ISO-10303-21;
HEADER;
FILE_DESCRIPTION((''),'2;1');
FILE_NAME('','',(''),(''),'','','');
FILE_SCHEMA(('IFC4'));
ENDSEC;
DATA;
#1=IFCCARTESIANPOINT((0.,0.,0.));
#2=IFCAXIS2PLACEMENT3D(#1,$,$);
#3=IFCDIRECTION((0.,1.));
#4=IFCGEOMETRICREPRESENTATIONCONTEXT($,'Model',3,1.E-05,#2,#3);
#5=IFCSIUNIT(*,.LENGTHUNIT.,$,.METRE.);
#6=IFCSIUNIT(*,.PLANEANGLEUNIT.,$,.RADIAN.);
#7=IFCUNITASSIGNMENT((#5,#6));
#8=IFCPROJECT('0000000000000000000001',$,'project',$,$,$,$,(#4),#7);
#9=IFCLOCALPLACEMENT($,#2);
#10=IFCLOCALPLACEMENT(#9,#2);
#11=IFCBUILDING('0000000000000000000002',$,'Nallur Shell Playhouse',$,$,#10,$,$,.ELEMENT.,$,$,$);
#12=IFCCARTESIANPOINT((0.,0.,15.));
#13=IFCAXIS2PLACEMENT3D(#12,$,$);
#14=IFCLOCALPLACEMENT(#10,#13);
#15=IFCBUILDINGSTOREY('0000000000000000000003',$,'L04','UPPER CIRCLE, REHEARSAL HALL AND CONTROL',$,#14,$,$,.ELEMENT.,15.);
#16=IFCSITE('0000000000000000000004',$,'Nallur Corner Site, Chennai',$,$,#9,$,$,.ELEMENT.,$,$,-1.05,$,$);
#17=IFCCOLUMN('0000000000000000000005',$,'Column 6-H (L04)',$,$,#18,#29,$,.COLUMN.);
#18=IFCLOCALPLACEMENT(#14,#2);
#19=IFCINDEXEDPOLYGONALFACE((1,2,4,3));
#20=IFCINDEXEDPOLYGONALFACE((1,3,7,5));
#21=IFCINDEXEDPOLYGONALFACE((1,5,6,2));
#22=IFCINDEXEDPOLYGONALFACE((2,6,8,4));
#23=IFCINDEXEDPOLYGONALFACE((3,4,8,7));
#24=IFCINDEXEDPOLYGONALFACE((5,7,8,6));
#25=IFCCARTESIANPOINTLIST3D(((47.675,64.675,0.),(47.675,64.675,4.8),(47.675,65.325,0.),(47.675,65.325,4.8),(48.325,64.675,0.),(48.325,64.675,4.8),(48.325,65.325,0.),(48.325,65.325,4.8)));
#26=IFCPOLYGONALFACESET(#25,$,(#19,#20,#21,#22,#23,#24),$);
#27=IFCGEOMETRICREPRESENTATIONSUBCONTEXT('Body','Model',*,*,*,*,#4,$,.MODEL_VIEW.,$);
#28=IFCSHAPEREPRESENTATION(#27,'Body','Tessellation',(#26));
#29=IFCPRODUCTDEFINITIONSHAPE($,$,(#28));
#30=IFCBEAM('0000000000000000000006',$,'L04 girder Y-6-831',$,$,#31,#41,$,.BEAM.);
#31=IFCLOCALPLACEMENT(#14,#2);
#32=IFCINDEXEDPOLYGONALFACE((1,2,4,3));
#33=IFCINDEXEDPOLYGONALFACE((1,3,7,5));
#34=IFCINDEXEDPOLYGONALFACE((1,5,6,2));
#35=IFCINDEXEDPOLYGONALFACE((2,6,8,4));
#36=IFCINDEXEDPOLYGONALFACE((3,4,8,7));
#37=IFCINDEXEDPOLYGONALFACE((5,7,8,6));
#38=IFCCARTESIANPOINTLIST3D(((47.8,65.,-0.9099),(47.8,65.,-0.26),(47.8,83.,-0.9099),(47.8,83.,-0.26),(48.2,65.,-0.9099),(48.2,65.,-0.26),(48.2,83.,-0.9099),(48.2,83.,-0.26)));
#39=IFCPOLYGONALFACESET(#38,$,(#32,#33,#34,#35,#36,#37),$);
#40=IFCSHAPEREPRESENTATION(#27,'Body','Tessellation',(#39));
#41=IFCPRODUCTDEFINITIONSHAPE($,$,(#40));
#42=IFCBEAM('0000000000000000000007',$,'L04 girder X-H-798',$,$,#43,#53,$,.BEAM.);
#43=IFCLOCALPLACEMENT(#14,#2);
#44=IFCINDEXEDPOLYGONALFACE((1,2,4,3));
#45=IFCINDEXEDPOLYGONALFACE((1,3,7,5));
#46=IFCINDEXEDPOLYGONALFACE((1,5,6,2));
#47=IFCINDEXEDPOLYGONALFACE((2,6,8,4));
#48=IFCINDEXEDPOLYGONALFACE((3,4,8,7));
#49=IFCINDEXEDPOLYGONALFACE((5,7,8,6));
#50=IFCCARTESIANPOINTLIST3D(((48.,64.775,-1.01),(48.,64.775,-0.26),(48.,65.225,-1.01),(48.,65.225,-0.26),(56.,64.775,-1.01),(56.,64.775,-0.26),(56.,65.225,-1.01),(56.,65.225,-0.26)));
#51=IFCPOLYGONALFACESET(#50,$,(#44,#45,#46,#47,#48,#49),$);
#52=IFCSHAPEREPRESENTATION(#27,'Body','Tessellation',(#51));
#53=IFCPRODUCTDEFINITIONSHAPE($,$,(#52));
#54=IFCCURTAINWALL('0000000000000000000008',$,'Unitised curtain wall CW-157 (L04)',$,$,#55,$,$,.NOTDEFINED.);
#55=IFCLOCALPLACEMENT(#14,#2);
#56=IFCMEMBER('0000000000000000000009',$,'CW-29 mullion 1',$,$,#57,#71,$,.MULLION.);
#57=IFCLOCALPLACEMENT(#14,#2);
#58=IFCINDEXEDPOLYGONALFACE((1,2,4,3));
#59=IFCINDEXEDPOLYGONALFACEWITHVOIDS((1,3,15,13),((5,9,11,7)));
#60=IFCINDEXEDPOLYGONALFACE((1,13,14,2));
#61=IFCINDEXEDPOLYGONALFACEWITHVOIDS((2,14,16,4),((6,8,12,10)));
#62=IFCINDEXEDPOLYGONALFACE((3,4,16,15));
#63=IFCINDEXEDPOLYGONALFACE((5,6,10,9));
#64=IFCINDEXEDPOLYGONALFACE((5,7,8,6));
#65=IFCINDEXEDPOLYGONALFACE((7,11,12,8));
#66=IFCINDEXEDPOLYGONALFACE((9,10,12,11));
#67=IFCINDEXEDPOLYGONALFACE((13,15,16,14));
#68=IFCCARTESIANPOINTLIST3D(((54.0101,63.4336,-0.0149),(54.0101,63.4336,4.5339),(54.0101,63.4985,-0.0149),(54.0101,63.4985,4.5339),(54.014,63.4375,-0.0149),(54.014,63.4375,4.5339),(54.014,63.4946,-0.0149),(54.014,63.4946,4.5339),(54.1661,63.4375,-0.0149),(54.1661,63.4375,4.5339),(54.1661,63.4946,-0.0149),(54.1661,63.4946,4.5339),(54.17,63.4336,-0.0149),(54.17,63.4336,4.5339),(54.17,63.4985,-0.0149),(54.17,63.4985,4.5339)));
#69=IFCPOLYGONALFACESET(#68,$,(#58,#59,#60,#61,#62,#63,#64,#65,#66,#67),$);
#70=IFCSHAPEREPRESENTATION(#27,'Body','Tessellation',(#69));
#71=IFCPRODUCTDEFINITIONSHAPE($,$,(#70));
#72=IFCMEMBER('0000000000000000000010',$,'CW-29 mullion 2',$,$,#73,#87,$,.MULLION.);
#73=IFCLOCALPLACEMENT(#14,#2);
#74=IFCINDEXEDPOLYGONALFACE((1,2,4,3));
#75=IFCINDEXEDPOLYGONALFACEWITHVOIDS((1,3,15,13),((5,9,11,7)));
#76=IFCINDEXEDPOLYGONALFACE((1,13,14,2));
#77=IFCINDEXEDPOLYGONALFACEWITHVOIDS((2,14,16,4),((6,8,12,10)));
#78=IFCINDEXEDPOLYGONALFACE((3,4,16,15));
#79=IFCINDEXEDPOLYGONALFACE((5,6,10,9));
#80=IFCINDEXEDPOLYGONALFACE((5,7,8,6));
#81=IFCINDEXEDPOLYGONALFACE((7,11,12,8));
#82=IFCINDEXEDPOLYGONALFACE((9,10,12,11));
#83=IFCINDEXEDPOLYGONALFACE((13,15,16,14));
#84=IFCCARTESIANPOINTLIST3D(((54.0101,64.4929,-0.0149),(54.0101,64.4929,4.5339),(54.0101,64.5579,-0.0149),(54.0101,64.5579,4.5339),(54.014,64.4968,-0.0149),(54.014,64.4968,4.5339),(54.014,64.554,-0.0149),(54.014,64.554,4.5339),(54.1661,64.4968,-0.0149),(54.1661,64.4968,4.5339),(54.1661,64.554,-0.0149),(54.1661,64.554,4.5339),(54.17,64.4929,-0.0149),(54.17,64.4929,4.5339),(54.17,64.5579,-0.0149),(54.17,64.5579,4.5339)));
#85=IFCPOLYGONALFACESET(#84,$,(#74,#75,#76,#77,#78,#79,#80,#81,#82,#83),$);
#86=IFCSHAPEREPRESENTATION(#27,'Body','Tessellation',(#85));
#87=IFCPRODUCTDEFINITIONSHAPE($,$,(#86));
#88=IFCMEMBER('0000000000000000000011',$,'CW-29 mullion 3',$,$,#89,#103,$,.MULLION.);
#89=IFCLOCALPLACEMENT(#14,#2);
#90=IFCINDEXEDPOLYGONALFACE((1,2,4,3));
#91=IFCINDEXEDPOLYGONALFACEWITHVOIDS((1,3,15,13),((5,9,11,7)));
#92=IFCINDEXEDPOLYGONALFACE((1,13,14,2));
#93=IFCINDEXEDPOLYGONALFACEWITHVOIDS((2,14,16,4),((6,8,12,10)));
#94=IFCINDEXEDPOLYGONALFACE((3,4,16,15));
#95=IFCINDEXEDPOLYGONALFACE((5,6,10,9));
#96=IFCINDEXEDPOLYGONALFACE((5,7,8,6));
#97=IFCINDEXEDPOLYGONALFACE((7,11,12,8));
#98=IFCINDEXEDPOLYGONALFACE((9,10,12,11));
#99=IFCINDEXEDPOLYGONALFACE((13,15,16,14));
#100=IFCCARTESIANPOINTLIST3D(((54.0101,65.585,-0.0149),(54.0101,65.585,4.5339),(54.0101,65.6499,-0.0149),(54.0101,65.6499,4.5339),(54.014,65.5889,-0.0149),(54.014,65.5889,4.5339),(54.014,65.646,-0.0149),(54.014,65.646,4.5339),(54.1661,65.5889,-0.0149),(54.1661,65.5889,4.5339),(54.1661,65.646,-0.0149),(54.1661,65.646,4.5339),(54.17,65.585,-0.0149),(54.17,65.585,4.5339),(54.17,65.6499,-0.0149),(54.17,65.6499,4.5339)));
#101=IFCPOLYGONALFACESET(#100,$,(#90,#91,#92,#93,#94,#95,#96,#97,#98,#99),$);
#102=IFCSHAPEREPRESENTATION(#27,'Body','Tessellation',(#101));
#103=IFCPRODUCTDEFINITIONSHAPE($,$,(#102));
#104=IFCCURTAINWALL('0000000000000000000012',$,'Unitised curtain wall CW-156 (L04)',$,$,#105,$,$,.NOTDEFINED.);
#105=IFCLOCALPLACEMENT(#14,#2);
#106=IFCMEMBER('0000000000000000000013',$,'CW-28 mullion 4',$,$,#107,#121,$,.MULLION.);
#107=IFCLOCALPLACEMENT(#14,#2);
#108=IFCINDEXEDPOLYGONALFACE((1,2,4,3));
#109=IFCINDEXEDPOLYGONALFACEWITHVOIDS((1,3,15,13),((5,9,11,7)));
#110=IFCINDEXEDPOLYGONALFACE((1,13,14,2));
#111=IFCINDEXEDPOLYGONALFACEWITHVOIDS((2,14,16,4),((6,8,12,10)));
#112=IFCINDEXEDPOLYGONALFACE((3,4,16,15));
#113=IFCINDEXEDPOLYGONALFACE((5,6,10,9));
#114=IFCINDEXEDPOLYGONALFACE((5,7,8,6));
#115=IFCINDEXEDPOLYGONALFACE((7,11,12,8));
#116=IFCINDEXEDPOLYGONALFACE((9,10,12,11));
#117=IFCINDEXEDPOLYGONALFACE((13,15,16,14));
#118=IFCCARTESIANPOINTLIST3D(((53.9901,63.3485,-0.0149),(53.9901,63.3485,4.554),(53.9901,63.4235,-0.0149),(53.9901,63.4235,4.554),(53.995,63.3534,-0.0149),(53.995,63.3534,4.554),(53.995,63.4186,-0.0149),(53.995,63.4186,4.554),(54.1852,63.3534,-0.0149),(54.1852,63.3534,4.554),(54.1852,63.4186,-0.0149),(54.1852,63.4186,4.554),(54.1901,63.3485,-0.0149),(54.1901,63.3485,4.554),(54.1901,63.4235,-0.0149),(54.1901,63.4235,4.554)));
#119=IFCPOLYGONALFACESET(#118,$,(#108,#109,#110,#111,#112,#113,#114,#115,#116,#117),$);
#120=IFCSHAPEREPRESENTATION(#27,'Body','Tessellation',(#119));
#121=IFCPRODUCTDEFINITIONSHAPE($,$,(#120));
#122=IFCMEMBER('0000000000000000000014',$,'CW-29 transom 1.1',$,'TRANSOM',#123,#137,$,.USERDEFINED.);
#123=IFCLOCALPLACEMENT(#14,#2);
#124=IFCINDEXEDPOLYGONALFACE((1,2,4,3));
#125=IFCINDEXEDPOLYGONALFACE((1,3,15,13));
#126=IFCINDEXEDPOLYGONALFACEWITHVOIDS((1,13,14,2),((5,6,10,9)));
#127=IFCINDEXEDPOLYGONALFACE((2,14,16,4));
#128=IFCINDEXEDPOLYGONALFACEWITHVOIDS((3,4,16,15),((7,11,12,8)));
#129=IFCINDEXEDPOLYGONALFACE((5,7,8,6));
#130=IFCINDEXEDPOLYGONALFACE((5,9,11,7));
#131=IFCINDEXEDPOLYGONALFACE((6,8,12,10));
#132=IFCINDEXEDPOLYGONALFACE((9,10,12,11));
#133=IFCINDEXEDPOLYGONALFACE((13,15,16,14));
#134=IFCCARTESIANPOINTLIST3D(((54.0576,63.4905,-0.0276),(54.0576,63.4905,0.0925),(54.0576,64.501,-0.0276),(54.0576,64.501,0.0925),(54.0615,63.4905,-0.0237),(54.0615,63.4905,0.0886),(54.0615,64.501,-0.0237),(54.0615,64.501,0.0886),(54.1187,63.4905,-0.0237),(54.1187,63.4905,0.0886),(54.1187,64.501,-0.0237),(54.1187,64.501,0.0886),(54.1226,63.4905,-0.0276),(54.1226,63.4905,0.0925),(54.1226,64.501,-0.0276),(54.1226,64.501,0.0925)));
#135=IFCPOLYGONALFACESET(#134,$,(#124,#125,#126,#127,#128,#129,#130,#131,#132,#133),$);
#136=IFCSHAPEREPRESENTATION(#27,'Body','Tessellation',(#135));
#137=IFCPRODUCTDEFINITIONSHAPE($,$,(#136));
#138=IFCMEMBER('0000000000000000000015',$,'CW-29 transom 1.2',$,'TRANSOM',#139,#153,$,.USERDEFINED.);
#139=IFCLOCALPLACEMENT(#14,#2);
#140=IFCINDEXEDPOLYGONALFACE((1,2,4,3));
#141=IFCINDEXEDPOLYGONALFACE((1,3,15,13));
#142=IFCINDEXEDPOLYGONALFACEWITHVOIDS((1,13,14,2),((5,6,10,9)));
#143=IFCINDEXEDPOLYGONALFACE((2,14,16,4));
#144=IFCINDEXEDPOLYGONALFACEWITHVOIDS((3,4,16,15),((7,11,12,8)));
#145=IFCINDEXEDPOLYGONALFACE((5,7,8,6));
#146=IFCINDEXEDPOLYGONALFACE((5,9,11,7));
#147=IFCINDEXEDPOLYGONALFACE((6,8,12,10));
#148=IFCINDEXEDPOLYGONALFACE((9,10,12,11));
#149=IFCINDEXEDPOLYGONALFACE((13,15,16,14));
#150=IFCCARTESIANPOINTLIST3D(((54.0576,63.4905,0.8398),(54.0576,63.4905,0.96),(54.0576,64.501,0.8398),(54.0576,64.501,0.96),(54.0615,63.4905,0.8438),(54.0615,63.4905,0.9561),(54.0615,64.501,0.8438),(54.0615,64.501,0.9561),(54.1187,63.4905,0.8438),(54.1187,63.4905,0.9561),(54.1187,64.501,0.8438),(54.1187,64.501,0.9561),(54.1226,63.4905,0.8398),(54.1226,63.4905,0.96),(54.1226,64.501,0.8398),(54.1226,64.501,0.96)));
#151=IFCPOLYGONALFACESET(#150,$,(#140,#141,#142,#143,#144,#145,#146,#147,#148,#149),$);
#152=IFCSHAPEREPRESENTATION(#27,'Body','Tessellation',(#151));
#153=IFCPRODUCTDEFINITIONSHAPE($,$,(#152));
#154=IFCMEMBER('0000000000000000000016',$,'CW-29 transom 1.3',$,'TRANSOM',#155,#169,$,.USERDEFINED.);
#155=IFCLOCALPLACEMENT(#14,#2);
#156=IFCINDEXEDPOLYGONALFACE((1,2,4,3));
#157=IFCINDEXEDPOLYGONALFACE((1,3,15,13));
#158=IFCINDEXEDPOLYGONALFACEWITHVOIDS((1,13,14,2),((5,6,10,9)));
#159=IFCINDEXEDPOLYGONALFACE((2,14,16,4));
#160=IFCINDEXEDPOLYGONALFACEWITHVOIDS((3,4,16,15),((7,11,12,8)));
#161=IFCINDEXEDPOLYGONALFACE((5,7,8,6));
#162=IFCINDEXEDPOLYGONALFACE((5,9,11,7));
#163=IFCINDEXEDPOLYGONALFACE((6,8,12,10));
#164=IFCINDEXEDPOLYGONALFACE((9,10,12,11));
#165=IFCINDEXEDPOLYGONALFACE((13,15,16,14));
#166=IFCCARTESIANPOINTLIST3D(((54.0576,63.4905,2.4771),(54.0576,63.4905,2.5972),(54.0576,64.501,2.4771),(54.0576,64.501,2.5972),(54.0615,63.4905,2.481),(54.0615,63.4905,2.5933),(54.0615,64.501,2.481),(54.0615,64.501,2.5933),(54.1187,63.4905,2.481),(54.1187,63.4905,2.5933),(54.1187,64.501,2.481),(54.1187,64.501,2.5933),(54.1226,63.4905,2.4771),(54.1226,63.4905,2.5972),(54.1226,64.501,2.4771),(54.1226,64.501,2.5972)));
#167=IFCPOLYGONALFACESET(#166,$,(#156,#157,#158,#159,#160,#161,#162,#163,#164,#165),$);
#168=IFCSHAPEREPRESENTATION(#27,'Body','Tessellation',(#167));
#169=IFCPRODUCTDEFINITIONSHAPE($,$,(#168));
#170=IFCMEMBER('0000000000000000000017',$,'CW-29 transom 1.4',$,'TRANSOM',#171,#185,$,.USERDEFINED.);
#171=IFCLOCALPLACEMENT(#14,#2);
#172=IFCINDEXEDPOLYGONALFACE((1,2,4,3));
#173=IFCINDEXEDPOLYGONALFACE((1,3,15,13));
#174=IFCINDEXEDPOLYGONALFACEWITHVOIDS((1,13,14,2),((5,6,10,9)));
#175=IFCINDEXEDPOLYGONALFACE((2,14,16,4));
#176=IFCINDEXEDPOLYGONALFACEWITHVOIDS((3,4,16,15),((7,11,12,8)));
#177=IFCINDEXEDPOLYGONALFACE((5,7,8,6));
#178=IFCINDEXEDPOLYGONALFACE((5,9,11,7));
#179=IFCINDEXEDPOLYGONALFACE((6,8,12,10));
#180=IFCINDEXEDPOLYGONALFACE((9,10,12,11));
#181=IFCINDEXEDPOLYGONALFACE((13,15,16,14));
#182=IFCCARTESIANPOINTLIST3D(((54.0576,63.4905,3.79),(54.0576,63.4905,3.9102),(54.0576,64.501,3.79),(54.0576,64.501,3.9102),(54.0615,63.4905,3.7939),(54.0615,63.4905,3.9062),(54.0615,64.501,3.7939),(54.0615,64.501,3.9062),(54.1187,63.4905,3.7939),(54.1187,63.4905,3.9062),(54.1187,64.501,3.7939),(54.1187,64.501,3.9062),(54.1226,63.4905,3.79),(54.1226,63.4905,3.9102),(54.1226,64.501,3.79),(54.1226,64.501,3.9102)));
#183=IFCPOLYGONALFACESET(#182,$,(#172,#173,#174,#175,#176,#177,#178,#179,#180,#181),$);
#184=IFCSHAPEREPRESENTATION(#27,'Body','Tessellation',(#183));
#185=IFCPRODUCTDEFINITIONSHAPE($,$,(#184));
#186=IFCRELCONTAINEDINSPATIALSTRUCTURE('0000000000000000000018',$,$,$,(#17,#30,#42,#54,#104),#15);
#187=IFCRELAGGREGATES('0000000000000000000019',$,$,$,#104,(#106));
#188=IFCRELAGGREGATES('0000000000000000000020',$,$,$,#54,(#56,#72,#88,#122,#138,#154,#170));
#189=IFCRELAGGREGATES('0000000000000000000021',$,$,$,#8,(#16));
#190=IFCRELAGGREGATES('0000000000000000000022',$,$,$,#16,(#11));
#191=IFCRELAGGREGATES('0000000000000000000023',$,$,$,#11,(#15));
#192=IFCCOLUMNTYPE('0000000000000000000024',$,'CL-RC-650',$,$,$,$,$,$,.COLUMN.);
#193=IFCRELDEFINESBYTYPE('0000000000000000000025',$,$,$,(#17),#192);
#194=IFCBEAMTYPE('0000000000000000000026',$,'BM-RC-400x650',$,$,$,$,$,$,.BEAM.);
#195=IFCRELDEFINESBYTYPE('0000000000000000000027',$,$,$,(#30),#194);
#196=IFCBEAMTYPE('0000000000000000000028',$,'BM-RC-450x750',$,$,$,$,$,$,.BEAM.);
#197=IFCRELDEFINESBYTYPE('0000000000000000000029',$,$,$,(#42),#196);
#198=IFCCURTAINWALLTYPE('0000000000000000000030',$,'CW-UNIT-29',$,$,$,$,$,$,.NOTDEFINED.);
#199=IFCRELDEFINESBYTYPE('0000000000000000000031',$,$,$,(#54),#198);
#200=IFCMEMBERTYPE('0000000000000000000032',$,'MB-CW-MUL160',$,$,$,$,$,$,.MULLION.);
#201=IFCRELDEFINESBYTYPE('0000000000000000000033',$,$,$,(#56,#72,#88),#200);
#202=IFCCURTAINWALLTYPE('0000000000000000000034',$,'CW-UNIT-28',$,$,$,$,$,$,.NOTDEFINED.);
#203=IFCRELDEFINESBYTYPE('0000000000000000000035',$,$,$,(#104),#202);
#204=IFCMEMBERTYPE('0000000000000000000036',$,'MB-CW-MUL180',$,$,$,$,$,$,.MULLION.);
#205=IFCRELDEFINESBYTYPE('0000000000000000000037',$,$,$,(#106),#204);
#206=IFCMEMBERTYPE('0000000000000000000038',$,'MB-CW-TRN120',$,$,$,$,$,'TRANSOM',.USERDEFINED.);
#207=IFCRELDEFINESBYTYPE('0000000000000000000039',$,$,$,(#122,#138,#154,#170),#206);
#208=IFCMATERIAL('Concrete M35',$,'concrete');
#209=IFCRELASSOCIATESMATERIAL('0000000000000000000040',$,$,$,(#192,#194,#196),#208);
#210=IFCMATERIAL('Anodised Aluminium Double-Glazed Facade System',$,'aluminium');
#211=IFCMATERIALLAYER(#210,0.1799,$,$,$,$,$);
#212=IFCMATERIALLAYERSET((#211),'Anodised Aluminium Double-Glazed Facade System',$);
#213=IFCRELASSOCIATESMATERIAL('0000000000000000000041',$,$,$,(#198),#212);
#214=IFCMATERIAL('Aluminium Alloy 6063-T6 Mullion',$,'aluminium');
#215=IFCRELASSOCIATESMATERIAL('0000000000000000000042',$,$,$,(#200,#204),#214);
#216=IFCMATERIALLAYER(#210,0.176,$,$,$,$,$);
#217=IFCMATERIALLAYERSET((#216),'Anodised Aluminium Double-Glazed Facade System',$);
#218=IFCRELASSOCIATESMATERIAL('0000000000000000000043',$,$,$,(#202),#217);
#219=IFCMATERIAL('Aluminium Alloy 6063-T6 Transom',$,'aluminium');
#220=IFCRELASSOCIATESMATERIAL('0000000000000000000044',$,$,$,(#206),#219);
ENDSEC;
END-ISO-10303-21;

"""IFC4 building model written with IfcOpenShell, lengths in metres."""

from ifc_helpers import new_model, si_unit, direction, frame, origin, origin_2d, place, context, subcontext, project, spatial, rectangle, hollow_rectangle, extrude, material, layer, layer_set, material_profile, profile_set, type_object, element, aggregate, save


model = new_model("IFC4")

# Units and contexts
model_context = context("Model", 3, precision=1e-05, world=origin(), true_north=direction((0.0, 1.0)))
body_context = subcontext(model_context, "Body", "Model", "MODEL_VIEW")
ifc_project = project(units=[si_unit("LENGTHUNIT", "METRE"), si_unit("PLANEANGLEUNIT", "RADIAN")], contexts=[model_context])

# Site, building, storey
site_placement = place(None, origin())
site = spatial("IfcSite", under=ifc_project, at=site_placement, Name="Nallur Corner Site, Chennai", CompositionType="ELEMENT", RefElevation=-1.05)
building_placement = place(site_placement, origin())
building = spatial("IfcBuilding", under=site, at=building_placement, Name="Nallur Shell Playhouse", CompositionType="ELEMENT")
storey_placement = place(building_placement, frame((0.0, 0.0, 15.0)))
storey = spatial("IfcBuildingStorey", under=building, at=storey_placement, Name="L04", Description="UPPER CIRCLE, REHEARSAL HALL AND CONTROL", CompositionType="ELEMENT", Elevation=15.0)

# Column
ifc_material_1 = material(Name="Concrete M35", Category="concrete")
ifc_material_profile_1 = material_profile(ifc_material_1, rectangle(XDim=0.6499, YDim=0.6499, at=origin_2d()), Name="RC 650x650")
ifc_profile_set_1 = profile_set([ifc_material_profile_1], Name="Concrete M35")
column_type = type_object("IfcColumnType", Name="CL-RC-650", PredefinedType="COLUMN", material=ifc_profile_set_1)
column_placement = place(storey_placement, frame((48.0, 65.0, 0.0), z_axis=(0.0, 0.0, 1.0), x_axis=(1.0, 0.0, 0.0)))
element("IfcColumn", 1, at=column_placement, inside=storey, type_object=column_type, Name="Column 6-H (L04)", PredefinedType="COLUMN", context=body_context, shape_type="SweptSolid", body=[
    extrude(rectangle(XDim=0.6499, YDim=0.6499, at=origin_2d()), origin(), (0.0, 0.0, 1.0), 4.8),
])

# Beams
ifc_material_profile_2 = material_profile(ifc_material_1, rectangle(XDim=0.3999, YDim=0.6499, at=origin_2d()), Name="RC 400x650")
ifc_profile_set_2 = profile_set([ifc_material_profile_2], Name="Concrete M35")
beam_type_1 = type_object("IfcBeamType", Name="BM-RC-400x650", PredefinedType="BEAM", material=ifc_profile_set_2)
beam_1_placement = place(storey_placement, frame((48.0, 65.0, -0.585), z_axis=(0.0, 1.0, 0.0), x_axis=(-1.0, 0.0, 0.0)))
element("IfcBeam", 2, at=beam_1_placement, inside=storey, type_object=beam_type_1, Name="L04 girder Y-6-831", PredefinedType="BEAM", context=body_context, shape_type="SweptSolid", body=[
    extrude(rectangle(XDim=0.3999, YDim=0.6499, at=origin_2d()), origin(), (0.0, 0.0, 1.0), 18.0),
])
ifc_material_profile_3 = material_profile(ifc_material_1, rectangle(XDim=0.45, YDim=0.75, at=origin_2d()), Name="RC 450x750")
ifc_profile_set_3 = profile_set([ifc_material_profile_3], Name="Concrete M35")
beam_type_2 = type_object("IfcBeamType", Name="BM-RC-450x750", PredefinedType="BEAM", material=ifc_profile_set_3)
beam_2_placement = place(storey_placement, frame((48.0, 65.0, -0.635), z_axis=(1.0, 0.0, 0.0), x_axis=(0.0, 1.0, 0.0)))
element("IfcBeam", 3, at=beam_2_placement, inside=storey, type_object=beam_type_2, Name="L04 girder X-H-798", PredefinedType="BEAM", context=body_context, shape_type="SweptSolid", body=[
    extrude(rectangle(XDim=0.45, YDim=0.75, at=origin_2d()), origin(), (0.0, 0.0, 1.0), 8.0),
])

# Curtain wall, members
ifc_material_2 = material(Name="Anodised Aluminium Double-Glazed Facade System", Category="aluminium")
ifc_layer_1 = layer(ifc_material_2, 0.1799)
ifc_layer_set_1 = layer_set([ifc_layer_1], Name="Anodised Aluminium Double-Glazed Facade System")
curtain_wall_type_1 = type_object("IfcCurtainWallType", Name="CW-UNIT-29", PredefinedType="NOTDEFINED", material=ifc_layer_set_1)
curtain_wall_1_placement = place(storey_placement, origin())
curtain_wall_1 = element("IfcCurtainWall", 4, at=curtain_wall_1_placement, inside=storey, type_object=curtain_wall_type_1, Name="Unitised curtain wall CW-157 (L04)", PredefinedType="NOTDEFINED")
ifc_material_3 = material(Name="Aluminium Alloy 6063-T6 Mullion", Category="aluminium")
ifc_material_profile_4 = material_profile(ifc_material_3, hollow_rectangle(XDim=0.0649, YDim=0.1599, WallThickness=0.0039, at=origin_2d()), Name="ALU 65x160x4")
ifc_profile_set_4 = profile_set([ifc_material_profile_4], Name="Aluminium Alloy 6063-T6 Mullion")
member_type_1 = type_object("IfcMemberType", Name="MB-CW-MUL160", PredefinedType="MULLION", material=ifc_profile_set_4)
member_1_placement = place(storey_placement, frame((54.0901, 63.4661, -0.0149), z_axis=(0.0, 0.0, 1.0), x_axis=(0.0, 1.0, 0.0)))
member_1 = element("IfcMember", 5, at=member_1_placement, type_object=member_type_1, Name="CW-29 mullion 1", PredefinedType="MULLION", context=body_context, shape_type="SweptSolid", body=[
    extrude(hollow_rectangle(XDim=0.0649, YDim=0.1599, WallThickness=0.0039, at=origin_2d()), origin(), (0.0, 0.0, 1.0), 4.5488),
])
member_2_placement = place(storey_placement, frame((54.0901, 64.5254, -0.0149), z_axis=(0.0, 0.0, 1.0), x_axis=(0.0, 1.0, 0.0)))
member_2 = element("IfcMember", 6, at=member_2_placement, type_object=member_type_1, Name="CW-29 mullion 2", PredefinedType="MULLION", context=body_context, shape_type="SweptSolid", body=[
    extrude(hollow_rectangle(XDim=0.0649, YDim=0.1599, WallThickness=0.0039, at=origin_2d()), origin(), (0.0, 0.0, 1.0), 4.5488),
])
member_3_placement = place(storey_placement, frame((54.0901, 65.6174, -0.0149), z_axis=(0.0, 0.0, 1.0), x_axis=(0.0, 1.0, 0.0)))
member_3 = element("IfcMember", 7, at=member_3_placement, type_object=member_type_1, Name="CW-29 mullion 3", PredefinedType="MULLION", context=body_context, shape_type="SweptSolid", body=[
    extrude(hollow_rectangle(XDim=0.0649, YDim=0.1599, WallThickness=0.0039, at=origin_2d()), origin(), (0.0, 0.0, 1.0), 4.5488),
])

# Curtain wall, member
ifc_layer_2 = layer(ifc_material_2, 0.176)
ifc_layer_set_2 = layer_set([ifc_layer_2], Name="Anodised Aluminium Double-Glazed Facade System")
curtain_wall_type_2 = type_object("IfcCurtainWallType", Name="CW-UNIT-28", PredefinedType="NOTDEFINED", material=ifc_layer_set_2)
curtain_wall_2_placement = place(storey_placement, origin())
curtain_wall_2 = element("IfcCurtainWall", 8, at=curtain_wall_2_placement, inside=storey, type_object=curtain_wall_type_2, Name="Unitised curtain wall CW-156 (L04)", PredefinedType="NOTDEFINED")
ifc_material_profile_5 = material_profile(ifc_material_3, hollow_rectangle(XDim=0.075, YDim=0.2, WallThickness=0.0049, at=origin_2d()), Name="ALU 75x200x5")
ifc_profile_set_5 = profile_set([ifc_material_profile_5], Name="Aluminium Alloy 6063-T6 Mullion")
member_type_2 = type_object("IfcMemberType", Name="MB-CW-MUL180", PredefinedType="MULLION", material=ifc_profile_set_5)
member_4_placement = place(storey_placement, frame((54.0901, 63.386, -0.0149), z_axis=(0.0, 0.0, 1.0), x_axis=(0.0, 1.0, 0.0)))
member_4 = element("IfcMember", 9, at=member_4_placement, type_object=member_type_2, Name="CW-28 mullion 4", PredefinedType="MULLION", context=body_context, shape_type="SweptSolid", body=[
    extrude(hollow_rectangle(XDim=0.075, YDim=0.2, WallThickness=0.0049, at=origin_2d()), origin(), (0.0, 0.0, 1.0), 4.5688),
])

# Members
ifc_material_4 = material(Name="Aluminium Alloy 6063-T6 Transom", Category="aluminium")
ifc_material_profile_6 = material_profile(ifc_material_4, hollow_rectangle(XDim=0.0649, YDim=0.1201, WallThickness=0.0039, at=origin_2d()), Name="ALU 65x120x4")
ifc_profile_set_6 = profile_set([ifc_material_profile_6], Name="Aluminium Alloy 6063-T6 Transom")
member_type_3 = type_object("IfcMemberType", Name="MB-CW-TRN120", ElementType="TRANSOM", PredefinedType="USERDEFINED", material=ifc_profile_set_6)
member_5_placement = place(storey_placement, frame((54.0901, 63.4905, 0.0325), z_axis=(0.0, 1.0, 0.0), x_axis=(-1.0, 0.0, 0.0)))
member_5 = element("IfcMember", 10, at=member_5_placement, type_object=member_type_3, Name="CW-29 transom 1.1", ObjectType="TRANSOM", PredefinedType="USERDEFINED", context=body_context, shape_type="SweptSolid", body=[
    extrude(hollow_rectangle(XDim=0.0649, YDim=0.1201, WallThickness=0.0039, at=origin_2d()), origin(), (0.0, 0.0, 1.0), 1.0105),
])
member_6_placement = place(storey_placement, frame((54.0901, 63.4905, 0.8999), z_axis=(0.0, 1.0, 0.0), x_axis=(-1.0, 0.0, 0.0)))
member_6 = element("IfcMember", 11, at=member_6_placement, type_object=member_type_3, Name="CW-29 transom 1.2", ObjectType="TRANSOM", PredefinedType="USERDEFINED", context=body_context, shape_type="SweptSolid", body=[
    extrude(hollow_rectangle(XDim=0.0649, YDim=0.1201, WallThickness=0.0039, at=origin_2d()), origin(), (0.0, 0.0, 1.0), 1.0105),
])
member_7_placement = place(storey_placement, frame((54.0901, 63.4905, 2.5371), z_axis=(0.0, 1.0, 0.0), x_axis=(-1.0, 0.0, 0.0)))
member_7 = element("IfcMember", 12, at=member_7_placement, type_object=member_type_3, Name="CW-29 transom 1.3", ObjectType="TRANSOM", PredefinedType="USERDEFINED", context=body_context, shape_type="SweptSolid", body=[
    extrude(hollow_rectangle(XDim=0.0649, YDim=0.1201, WallThickness=0.0039, at=origin_2d()), origin(), (0.0, 0.0, 1.0), 1.0105),
])
member_8_placement = place(storey_placement, frame((54.0901, 63.4905, 3.8501), z_axis=(0.0, 1.0, 0.0), x_axis=(-1.0, 0.0, 0.0)))
member_8 = element("IfcMember", 13, at=member_8_placement, type_object=member_type_3, Name="CW-29 transom 1.4", ObjectType="TRANSOM", PredefinedType="USERDEFINED", context=body_context, shape_type="SweptSolid", body=[
    extrude(hollow_rectangle(XDim=0.0649, YDim=0.1201, WallThickness=0.0039, at=origin_2d()), origin(), (0.0, 0.0, 1.0), 1.0105),
])

aggregate(curtain_wall_2, [member_4])
aggregate(curtain_wall_1, [member_1, member_2, member_3, member_5, member_6, member_7, member_8])

save(model, "model.ifc")
